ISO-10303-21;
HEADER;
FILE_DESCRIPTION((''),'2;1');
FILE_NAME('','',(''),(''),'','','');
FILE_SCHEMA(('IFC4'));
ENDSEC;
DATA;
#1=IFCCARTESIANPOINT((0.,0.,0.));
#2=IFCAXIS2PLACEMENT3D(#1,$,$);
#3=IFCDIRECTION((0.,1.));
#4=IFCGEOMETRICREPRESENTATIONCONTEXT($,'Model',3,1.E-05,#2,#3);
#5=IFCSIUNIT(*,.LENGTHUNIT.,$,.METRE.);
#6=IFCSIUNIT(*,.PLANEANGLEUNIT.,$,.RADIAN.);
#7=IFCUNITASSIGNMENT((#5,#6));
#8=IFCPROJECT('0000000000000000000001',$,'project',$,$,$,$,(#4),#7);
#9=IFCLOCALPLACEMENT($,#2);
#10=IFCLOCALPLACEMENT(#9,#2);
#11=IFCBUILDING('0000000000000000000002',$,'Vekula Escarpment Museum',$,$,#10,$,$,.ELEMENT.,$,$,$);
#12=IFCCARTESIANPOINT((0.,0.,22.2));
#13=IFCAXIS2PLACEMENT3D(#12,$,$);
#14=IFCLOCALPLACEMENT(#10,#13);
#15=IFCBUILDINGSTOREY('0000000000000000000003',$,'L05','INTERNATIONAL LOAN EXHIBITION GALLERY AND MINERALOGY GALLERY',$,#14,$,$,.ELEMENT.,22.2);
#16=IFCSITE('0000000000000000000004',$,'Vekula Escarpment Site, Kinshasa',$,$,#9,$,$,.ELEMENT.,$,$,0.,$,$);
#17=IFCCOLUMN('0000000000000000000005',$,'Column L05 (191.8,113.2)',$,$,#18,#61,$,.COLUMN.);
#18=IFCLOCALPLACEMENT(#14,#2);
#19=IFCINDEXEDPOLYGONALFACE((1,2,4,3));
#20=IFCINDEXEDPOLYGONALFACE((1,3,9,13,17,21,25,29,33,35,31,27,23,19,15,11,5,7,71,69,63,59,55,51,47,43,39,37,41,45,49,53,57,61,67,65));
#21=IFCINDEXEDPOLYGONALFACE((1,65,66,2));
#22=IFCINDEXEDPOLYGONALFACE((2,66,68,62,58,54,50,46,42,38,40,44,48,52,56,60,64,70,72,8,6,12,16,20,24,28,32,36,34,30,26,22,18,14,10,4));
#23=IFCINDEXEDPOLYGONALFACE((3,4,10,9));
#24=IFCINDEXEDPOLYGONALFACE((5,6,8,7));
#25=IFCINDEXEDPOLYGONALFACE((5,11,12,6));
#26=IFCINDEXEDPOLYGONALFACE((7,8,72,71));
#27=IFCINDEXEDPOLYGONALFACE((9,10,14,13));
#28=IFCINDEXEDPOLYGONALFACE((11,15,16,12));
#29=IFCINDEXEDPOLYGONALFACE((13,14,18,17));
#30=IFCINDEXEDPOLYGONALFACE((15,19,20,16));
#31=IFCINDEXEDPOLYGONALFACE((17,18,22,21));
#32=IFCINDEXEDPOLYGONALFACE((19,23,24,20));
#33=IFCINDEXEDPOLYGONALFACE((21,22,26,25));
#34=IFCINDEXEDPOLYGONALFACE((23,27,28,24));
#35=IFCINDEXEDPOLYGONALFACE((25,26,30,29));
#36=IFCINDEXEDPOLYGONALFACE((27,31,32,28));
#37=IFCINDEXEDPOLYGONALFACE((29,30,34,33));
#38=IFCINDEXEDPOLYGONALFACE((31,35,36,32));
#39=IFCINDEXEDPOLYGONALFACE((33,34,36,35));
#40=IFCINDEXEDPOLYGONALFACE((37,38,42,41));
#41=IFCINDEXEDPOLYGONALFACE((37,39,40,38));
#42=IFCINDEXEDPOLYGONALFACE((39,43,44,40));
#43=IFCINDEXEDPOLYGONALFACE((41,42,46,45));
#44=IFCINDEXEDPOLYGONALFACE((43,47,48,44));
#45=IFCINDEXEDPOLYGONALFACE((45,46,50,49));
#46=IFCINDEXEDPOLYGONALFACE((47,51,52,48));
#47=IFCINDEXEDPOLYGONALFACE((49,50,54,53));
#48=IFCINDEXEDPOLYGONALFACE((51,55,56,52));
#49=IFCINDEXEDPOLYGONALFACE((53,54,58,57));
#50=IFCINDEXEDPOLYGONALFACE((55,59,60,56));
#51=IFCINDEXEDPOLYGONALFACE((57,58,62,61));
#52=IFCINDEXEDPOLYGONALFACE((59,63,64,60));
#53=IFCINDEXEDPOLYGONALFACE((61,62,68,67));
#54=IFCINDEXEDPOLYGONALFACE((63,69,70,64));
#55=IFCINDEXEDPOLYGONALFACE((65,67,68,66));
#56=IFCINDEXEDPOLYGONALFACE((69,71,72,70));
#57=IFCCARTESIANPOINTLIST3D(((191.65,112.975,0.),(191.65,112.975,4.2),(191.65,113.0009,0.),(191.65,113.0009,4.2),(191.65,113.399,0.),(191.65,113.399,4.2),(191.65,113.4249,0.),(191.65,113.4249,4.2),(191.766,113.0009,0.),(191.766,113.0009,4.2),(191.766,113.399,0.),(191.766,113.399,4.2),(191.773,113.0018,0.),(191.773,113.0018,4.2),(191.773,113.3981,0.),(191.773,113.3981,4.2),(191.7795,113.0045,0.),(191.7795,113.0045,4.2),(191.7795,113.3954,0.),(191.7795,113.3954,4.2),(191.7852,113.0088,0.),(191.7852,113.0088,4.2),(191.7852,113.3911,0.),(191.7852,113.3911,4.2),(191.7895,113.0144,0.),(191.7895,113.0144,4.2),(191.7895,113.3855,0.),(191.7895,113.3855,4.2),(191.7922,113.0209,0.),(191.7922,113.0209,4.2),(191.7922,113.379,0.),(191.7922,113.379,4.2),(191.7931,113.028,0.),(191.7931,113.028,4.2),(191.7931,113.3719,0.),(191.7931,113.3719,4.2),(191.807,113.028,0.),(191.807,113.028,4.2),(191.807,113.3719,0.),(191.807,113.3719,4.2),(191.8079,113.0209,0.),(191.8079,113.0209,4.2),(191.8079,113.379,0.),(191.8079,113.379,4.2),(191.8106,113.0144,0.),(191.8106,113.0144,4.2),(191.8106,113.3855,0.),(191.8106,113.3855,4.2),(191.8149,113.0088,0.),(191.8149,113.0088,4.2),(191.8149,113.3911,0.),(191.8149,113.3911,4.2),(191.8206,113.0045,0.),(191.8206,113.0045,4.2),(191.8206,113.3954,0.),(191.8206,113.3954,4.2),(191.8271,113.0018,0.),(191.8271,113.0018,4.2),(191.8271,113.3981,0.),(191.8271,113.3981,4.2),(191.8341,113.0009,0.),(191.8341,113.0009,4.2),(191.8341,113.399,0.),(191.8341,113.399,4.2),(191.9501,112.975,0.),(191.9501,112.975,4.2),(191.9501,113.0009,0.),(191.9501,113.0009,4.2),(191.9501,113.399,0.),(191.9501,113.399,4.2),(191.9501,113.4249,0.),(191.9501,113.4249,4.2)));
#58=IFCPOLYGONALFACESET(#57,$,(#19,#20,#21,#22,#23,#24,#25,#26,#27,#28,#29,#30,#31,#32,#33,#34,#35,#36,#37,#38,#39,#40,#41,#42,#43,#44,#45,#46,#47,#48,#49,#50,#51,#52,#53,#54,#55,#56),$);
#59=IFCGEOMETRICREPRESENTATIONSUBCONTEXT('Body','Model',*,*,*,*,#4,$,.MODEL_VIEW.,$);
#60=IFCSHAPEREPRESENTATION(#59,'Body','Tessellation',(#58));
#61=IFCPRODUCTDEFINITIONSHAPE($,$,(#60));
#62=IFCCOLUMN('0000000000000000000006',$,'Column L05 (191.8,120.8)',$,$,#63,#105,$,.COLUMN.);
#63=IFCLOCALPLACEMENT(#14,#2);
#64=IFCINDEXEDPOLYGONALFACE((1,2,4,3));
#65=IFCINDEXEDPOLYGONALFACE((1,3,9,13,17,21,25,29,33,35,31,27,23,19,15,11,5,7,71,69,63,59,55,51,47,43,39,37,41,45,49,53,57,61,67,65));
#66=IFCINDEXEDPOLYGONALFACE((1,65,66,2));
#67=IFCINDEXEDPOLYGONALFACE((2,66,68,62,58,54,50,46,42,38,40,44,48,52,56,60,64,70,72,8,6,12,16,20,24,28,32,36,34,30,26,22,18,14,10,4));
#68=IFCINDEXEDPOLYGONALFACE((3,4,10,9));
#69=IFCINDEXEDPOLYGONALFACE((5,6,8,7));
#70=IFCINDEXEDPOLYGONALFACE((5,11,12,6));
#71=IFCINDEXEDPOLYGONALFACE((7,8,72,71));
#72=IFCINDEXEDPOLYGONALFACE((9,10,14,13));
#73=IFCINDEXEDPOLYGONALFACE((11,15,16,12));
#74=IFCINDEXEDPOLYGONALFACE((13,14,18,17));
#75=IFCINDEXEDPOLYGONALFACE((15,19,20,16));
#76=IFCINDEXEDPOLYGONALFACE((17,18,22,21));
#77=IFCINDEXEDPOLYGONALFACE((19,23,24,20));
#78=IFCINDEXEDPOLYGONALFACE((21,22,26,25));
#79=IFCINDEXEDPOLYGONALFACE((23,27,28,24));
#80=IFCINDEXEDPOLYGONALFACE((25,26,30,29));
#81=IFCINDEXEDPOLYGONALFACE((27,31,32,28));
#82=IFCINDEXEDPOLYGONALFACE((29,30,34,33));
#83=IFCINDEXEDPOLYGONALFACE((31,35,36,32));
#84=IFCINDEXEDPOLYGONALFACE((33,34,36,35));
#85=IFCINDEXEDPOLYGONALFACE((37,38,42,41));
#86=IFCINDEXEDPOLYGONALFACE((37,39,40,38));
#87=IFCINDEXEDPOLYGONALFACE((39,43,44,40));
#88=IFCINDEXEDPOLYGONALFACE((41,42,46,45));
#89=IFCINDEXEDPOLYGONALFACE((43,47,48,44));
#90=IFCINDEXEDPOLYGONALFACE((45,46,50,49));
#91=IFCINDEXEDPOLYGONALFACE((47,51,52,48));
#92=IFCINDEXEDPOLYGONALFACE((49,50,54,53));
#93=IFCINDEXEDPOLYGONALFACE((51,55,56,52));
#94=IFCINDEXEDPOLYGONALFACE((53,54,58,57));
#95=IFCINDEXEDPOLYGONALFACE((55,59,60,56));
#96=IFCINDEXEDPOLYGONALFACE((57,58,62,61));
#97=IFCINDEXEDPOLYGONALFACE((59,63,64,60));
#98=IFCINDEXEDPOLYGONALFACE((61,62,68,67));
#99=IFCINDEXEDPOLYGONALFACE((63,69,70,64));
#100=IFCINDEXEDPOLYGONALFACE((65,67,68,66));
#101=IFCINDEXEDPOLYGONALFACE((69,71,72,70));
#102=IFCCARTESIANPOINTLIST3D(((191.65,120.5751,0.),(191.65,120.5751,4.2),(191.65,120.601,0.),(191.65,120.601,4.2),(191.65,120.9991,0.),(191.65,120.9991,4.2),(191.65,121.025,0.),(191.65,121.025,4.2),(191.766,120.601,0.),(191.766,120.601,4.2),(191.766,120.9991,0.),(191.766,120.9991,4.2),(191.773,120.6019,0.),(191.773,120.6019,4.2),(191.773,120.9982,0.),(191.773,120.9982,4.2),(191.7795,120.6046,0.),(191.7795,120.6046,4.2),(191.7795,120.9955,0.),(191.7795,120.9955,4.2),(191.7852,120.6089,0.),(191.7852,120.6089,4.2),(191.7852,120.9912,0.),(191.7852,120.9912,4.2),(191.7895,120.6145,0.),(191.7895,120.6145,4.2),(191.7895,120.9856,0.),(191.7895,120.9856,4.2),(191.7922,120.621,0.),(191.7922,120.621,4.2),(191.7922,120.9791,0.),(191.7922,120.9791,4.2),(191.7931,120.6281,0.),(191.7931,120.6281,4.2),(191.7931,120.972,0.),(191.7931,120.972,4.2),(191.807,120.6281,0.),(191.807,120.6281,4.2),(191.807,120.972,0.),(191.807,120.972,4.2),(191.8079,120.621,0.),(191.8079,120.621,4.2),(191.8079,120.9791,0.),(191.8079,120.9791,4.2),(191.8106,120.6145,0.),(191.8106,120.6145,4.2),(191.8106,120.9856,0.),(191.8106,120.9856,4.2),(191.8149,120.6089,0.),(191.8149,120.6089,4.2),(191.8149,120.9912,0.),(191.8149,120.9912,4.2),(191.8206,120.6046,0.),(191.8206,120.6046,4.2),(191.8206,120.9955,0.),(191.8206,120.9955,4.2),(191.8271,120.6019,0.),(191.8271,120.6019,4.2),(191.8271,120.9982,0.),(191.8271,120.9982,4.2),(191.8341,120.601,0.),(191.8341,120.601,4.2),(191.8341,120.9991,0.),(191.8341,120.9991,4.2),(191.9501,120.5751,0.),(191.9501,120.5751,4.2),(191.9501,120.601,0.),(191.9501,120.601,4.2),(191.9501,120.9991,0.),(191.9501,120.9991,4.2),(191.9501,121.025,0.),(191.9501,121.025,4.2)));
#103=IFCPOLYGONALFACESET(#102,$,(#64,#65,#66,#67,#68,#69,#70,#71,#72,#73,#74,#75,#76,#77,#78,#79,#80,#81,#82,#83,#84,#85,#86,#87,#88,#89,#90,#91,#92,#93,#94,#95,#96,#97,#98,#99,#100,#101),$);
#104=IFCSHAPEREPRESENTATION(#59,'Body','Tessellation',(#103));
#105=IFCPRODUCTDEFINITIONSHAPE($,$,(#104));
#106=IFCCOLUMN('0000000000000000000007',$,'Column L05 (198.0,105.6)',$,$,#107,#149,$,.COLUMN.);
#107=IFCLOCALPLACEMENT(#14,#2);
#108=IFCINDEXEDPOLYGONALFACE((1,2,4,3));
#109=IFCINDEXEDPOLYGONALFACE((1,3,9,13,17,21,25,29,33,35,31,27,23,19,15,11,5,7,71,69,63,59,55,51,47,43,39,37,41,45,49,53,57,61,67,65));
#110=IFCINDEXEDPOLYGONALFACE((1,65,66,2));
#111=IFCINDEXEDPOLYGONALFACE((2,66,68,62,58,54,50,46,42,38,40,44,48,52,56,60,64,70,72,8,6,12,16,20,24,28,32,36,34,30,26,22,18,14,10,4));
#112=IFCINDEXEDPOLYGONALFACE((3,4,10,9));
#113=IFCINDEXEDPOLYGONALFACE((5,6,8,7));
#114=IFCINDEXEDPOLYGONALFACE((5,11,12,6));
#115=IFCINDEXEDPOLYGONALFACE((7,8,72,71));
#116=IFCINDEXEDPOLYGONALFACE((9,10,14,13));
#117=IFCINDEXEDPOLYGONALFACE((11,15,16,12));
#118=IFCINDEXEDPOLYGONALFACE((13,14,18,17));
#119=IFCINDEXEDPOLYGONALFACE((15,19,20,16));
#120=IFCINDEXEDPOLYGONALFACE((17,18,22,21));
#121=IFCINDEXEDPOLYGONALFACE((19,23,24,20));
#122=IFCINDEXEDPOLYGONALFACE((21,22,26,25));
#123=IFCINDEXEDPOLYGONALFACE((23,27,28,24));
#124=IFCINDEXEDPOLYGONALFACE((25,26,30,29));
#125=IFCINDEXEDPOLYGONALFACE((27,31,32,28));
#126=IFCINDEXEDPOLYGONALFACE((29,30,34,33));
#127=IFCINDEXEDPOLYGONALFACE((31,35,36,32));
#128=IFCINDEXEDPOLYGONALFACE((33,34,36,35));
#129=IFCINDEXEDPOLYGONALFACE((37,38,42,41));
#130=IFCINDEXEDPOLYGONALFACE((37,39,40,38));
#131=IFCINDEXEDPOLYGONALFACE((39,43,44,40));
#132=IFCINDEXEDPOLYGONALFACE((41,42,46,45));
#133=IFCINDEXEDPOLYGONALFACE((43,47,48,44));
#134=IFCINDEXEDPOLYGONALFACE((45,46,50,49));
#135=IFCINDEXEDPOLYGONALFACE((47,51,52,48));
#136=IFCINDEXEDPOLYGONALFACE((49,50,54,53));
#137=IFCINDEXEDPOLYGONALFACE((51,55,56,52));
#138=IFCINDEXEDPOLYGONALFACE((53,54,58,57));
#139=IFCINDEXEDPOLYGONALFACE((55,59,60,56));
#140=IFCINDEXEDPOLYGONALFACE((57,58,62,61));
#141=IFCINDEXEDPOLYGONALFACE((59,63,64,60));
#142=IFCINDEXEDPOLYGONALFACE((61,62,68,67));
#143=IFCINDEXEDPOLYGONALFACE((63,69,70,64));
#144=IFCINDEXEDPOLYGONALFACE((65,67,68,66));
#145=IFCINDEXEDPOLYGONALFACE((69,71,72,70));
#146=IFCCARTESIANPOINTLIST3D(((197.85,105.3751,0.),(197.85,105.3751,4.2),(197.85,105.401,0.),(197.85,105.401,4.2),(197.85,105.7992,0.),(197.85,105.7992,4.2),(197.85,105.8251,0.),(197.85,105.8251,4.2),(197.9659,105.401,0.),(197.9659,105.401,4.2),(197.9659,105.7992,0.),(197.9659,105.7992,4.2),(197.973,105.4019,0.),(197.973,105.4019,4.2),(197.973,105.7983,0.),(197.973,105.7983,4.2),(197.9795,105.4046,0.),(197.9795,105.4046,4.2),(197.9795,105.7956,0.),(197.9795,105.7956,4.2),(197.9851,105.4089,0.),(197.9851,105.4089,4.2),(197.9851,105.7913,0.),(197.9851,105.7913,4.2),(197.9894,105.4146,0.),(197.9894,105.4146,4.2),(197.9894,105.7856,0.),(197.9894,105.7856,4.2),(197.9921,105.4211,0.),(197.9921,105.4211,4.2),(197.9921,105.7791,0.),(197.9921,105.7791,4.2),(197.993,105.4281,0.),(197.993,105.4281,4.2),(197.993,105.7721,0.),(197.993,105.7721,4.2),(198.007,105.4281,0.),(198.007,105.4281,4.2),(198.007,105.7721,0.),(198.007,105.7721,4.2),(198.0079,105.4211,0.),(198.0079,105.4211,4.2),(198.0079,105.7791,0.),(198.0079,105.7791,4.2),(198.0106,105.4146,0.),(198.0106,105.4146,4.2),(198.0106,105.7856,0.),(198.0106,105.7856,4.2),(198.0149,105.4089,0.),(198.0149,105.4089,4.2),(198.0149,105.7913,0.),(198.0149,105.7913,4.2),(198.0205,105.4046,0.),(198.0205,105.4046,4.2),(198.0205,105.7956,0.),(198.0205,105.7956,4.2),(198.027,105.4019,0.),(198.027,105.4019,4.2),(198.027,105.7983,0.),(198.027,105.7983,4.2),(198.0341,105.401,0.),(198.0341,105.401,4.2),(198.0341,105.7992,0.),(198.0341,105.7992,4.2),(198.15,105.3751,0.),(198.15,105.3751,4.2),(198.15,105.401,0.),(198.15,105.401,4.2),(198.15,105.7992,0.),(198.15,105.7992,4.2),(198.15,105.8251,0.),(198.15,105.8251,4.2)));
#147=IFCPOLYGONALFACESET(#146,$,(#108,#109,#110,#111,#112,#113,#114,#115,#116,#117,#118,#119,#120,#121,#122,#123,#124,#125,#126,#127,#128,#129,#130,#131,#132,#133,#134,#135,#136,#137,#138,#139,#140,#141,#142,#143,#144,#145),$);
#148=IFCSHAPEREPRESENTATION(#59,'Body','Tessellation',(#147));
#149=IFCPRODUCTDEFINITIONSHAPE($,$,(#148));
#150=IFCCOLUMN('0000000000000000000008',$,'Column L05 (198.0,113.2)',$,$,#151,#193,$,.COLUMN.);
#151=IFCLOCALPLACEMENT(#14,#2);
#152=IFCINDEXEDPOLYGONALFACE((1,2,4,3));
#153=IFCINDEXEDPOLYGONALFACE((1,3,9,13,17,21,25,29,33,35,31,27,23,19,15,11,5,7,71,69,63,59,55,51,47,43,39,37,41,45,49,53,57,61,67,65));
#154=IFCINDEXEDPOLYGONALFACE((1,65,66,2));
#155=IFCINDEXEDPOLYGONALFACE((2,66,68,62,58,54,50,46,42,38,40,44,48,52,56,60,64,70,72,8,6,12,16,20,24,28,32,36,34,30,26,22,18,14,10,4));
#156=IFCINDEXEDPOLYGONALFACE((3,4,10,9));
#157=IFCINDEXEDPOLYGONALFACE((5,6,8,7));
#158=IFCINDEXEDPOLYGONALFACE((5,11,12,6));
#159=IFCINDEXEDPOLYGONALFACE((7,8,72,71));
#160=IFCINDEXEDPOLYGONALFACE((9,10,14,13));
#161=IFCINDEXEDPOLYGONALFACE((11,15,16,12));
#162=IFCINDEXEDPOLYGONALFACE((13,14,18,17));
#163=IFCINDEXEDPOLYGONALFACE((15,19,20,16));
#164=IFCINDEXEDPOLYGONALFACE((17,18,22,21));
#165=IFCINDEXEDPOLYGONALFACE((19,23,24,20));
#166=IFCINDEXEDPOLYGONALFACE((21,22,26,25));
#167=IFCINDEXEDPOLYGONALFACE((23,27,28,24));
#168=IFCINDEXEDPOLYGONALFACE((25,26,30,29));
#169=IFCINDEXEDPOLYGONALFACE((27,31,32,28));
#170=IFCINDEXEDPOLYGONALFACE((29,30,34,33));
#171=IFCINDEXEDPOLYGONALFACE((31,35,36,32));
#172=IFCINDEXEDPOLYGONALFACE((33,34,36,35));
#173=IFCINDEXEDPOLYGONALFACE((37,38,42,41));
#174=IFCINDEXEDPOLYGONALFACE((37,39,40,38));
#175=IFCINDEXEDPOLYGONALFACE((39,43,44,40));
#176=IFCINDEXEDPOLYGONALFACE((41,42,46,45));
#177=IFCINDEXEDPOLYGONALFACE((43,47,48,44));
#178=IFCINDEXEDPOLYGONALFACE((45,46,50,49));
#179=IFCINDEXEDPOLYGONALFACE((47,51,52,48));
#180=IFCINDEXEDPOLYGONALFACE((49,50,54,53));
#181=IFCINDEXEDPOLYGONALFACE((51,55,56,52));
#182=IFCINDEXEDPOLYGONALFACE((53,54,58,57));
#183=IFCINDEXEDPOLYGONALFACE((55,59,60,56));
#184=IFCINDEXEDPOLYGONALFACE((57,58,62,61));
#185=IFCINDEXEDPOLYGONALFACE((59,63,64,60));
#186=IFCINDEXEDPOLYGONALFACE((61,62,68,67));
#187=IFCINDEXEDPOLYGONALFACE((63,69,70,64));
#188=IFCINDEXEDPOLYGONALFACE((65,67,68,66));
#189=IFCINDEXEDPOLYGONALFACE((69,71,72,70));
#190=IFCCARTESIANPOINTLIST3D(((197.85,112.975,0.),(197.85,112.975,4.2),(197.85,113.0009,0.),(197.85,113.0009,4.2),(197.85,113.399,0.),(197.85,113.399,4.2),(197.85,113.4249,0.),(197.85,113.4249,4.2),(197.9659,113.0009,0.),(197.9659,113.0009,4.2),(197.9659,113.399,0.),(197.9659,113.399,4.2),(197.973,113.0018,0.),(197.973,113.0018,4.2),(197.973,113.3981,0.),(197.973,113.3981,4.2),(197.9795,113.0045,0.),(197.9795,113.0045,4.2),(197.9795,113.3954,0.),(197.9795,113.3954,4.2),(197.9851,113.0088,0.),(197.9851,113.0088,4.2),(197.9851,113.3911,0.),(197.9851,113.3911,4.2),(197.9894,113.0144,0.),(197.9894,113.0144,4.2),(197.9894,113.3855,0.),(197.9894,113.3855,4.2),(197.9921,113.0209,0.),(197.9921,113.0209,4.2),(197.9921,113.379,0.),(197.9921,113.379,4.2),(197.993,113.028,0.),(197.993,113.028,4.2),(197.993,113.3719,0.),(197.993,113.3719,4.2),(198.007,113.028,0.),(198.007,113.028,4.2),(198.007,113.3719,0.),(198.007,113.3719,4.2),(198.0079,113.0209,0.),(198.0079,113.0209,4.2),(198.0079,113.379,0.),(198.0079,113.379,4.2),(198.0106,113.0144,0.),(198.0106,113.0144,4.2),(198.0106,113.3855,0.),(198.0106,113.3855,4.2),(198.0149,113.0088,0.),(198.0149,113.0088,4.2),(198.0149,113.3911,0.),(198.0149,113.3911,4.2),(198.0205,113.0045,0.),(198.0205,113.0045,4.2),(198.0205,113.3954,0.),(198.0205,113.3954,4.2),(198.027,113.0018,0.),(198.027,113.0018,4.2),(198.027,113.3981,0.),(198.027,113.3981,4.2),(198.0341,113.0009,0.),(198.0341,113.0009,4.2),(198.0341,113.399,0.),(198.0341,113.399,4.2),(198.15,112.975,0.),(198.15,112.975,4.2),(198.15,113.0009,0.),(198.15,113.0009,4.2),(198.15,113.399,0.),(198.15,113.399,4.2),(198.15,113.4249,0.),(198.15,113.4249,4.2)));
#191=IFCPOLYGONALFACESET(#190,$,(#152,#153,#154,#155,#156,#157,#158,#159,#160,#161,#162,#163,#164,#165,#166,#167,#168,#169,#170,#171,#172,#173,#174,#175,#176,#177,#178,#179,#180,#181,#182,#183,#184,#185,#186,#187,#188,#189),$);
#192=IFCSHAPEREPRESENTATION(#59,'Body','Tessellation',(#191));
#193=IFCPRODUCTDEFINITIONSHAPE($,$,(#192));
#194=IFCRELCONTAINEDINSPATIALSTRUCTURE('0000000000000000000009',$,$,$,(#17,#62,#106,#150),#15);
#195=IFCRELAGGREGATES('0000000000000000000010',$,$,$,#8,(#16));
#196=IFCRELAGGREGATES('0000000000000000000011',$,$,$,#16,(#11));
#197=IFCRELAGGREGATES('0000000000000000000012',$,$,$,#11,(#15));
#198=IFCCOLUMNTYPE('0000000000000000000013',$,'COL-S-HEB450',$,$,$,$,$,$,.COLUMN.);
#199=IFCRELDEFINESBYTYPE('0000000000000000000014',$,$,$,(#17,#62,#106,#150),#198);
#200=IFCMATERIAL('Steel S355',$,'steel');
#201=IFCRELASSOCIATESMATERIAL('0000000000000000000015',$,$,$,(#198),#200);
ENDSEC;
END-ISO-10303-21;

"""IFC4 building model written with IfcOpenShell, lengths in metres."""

from ifc_helpers import new_model, si_unit, direction, frame, origin, origin_2d, place, context, subcontext, project, spatial, i_section, extrude, material, material_profile, profile_set, type_object, element, save


model = new_model("IFC4")

# Units and contexts
model_context = context("Model", 3, precision=1e-05, world=origin(), true_north=direction((0.0, 1.0)))
body_context = subcontext(model_context, "Body", "Model", "MODEL_VIEW")
ifc_project = project(units=[si_unit("LENGTHUNIT", "METRE"), si_unit("PLANEANGLEUNIT", "RADIAN")], contexts=[model_context])

# Site, building, storey
site_placement = place(None, origin())
site = spatial("IfcSite", under=ifc_project, at=site_placement, Name="Vekula Escarpment Site, Kinshasa", CompositionType="ELEMENT", RefElevation=0.0)
building_placement = place(site_placement, origin())
building = spatial("IfcBuilding", under=site, at=building_placement, Name="Vekula Escarpment Museum", CompositionType="ELEMENT")
storey_placement = place(building_placement, frame((0.0, 0.0, 22.2)))
storey = spatial("IfcBuildingStorey", under=building, at=storey_placement, Name="L05", Description="INTERNATIONAL LOAN EXHIBITION GALLERY AND MINERALOGY GALLERY", CompositionType="ELEMENT", Elevation=22.2)

# Columns
ifc_material_1 = material(Name="Steel S355", Category="steel")
ifc_material_profile_1 = material_profile(ifc_material_1, i_section(OverallWidth=0.3, OverallDepth=0.45, WebThickness=0.0139, FlangeThickness=0.0259, FilletRadius=0.0271, at=origin_2d()), Name="HEB 450")
ifc_profile_set_1 = profile_set([ifc_material_profile_1], Name="Steel S355")
column_type = type_object("IfcColumnType", Name="COL-S-HEB450", PredefinedType="COLUMN", material=ifc_profile_set_1)
for number, where, z_axis, x_axis, name in (
    (1, (191.8, 113.2, 0.0), (0.0, 0.0, 1.0), (1.0, 0.0, 0.0), "Column L05 (191.8,113.2)"),
    (2, (191.8, 120.8, 0.0), (0.0, 0.0, 1.0), (1.0, 0.0, 0.0), "Column L05 (191.8,120.8)"),
    (3, (198.0, 105.6001, 0.0), (0.0, 0.0, 1.0), (1.0, 0.0, 0.0), "Column L05 (198.0,105.6)"),
    (4, (198.0, 113.2, 0.0), (0.0, 0.0, 1.0), (1.0, 0.0, 0.0), "Column L05 (198.0,113.2)"),
):
    element("IfcColumn", number, at=place(storey_placement, frame(where, z_axis=z_axis, x_axis=x_axis)), inside=storey, type_object=column_type, Name=name, PredefinedType="COLUMN", context=body_context, shape_type="SweptSolid", body=[
        extrude(i_section(OverallWidth=0.3, OverallDepth=0.45, WebThickness=0.0139, FlangeThickness=0.0259, FilletRadius=0.0271, at=origin_2d()), origin(), (0.0, 0.0, 1.0), 4.2),
    ])

save(model, "model.ifc")
